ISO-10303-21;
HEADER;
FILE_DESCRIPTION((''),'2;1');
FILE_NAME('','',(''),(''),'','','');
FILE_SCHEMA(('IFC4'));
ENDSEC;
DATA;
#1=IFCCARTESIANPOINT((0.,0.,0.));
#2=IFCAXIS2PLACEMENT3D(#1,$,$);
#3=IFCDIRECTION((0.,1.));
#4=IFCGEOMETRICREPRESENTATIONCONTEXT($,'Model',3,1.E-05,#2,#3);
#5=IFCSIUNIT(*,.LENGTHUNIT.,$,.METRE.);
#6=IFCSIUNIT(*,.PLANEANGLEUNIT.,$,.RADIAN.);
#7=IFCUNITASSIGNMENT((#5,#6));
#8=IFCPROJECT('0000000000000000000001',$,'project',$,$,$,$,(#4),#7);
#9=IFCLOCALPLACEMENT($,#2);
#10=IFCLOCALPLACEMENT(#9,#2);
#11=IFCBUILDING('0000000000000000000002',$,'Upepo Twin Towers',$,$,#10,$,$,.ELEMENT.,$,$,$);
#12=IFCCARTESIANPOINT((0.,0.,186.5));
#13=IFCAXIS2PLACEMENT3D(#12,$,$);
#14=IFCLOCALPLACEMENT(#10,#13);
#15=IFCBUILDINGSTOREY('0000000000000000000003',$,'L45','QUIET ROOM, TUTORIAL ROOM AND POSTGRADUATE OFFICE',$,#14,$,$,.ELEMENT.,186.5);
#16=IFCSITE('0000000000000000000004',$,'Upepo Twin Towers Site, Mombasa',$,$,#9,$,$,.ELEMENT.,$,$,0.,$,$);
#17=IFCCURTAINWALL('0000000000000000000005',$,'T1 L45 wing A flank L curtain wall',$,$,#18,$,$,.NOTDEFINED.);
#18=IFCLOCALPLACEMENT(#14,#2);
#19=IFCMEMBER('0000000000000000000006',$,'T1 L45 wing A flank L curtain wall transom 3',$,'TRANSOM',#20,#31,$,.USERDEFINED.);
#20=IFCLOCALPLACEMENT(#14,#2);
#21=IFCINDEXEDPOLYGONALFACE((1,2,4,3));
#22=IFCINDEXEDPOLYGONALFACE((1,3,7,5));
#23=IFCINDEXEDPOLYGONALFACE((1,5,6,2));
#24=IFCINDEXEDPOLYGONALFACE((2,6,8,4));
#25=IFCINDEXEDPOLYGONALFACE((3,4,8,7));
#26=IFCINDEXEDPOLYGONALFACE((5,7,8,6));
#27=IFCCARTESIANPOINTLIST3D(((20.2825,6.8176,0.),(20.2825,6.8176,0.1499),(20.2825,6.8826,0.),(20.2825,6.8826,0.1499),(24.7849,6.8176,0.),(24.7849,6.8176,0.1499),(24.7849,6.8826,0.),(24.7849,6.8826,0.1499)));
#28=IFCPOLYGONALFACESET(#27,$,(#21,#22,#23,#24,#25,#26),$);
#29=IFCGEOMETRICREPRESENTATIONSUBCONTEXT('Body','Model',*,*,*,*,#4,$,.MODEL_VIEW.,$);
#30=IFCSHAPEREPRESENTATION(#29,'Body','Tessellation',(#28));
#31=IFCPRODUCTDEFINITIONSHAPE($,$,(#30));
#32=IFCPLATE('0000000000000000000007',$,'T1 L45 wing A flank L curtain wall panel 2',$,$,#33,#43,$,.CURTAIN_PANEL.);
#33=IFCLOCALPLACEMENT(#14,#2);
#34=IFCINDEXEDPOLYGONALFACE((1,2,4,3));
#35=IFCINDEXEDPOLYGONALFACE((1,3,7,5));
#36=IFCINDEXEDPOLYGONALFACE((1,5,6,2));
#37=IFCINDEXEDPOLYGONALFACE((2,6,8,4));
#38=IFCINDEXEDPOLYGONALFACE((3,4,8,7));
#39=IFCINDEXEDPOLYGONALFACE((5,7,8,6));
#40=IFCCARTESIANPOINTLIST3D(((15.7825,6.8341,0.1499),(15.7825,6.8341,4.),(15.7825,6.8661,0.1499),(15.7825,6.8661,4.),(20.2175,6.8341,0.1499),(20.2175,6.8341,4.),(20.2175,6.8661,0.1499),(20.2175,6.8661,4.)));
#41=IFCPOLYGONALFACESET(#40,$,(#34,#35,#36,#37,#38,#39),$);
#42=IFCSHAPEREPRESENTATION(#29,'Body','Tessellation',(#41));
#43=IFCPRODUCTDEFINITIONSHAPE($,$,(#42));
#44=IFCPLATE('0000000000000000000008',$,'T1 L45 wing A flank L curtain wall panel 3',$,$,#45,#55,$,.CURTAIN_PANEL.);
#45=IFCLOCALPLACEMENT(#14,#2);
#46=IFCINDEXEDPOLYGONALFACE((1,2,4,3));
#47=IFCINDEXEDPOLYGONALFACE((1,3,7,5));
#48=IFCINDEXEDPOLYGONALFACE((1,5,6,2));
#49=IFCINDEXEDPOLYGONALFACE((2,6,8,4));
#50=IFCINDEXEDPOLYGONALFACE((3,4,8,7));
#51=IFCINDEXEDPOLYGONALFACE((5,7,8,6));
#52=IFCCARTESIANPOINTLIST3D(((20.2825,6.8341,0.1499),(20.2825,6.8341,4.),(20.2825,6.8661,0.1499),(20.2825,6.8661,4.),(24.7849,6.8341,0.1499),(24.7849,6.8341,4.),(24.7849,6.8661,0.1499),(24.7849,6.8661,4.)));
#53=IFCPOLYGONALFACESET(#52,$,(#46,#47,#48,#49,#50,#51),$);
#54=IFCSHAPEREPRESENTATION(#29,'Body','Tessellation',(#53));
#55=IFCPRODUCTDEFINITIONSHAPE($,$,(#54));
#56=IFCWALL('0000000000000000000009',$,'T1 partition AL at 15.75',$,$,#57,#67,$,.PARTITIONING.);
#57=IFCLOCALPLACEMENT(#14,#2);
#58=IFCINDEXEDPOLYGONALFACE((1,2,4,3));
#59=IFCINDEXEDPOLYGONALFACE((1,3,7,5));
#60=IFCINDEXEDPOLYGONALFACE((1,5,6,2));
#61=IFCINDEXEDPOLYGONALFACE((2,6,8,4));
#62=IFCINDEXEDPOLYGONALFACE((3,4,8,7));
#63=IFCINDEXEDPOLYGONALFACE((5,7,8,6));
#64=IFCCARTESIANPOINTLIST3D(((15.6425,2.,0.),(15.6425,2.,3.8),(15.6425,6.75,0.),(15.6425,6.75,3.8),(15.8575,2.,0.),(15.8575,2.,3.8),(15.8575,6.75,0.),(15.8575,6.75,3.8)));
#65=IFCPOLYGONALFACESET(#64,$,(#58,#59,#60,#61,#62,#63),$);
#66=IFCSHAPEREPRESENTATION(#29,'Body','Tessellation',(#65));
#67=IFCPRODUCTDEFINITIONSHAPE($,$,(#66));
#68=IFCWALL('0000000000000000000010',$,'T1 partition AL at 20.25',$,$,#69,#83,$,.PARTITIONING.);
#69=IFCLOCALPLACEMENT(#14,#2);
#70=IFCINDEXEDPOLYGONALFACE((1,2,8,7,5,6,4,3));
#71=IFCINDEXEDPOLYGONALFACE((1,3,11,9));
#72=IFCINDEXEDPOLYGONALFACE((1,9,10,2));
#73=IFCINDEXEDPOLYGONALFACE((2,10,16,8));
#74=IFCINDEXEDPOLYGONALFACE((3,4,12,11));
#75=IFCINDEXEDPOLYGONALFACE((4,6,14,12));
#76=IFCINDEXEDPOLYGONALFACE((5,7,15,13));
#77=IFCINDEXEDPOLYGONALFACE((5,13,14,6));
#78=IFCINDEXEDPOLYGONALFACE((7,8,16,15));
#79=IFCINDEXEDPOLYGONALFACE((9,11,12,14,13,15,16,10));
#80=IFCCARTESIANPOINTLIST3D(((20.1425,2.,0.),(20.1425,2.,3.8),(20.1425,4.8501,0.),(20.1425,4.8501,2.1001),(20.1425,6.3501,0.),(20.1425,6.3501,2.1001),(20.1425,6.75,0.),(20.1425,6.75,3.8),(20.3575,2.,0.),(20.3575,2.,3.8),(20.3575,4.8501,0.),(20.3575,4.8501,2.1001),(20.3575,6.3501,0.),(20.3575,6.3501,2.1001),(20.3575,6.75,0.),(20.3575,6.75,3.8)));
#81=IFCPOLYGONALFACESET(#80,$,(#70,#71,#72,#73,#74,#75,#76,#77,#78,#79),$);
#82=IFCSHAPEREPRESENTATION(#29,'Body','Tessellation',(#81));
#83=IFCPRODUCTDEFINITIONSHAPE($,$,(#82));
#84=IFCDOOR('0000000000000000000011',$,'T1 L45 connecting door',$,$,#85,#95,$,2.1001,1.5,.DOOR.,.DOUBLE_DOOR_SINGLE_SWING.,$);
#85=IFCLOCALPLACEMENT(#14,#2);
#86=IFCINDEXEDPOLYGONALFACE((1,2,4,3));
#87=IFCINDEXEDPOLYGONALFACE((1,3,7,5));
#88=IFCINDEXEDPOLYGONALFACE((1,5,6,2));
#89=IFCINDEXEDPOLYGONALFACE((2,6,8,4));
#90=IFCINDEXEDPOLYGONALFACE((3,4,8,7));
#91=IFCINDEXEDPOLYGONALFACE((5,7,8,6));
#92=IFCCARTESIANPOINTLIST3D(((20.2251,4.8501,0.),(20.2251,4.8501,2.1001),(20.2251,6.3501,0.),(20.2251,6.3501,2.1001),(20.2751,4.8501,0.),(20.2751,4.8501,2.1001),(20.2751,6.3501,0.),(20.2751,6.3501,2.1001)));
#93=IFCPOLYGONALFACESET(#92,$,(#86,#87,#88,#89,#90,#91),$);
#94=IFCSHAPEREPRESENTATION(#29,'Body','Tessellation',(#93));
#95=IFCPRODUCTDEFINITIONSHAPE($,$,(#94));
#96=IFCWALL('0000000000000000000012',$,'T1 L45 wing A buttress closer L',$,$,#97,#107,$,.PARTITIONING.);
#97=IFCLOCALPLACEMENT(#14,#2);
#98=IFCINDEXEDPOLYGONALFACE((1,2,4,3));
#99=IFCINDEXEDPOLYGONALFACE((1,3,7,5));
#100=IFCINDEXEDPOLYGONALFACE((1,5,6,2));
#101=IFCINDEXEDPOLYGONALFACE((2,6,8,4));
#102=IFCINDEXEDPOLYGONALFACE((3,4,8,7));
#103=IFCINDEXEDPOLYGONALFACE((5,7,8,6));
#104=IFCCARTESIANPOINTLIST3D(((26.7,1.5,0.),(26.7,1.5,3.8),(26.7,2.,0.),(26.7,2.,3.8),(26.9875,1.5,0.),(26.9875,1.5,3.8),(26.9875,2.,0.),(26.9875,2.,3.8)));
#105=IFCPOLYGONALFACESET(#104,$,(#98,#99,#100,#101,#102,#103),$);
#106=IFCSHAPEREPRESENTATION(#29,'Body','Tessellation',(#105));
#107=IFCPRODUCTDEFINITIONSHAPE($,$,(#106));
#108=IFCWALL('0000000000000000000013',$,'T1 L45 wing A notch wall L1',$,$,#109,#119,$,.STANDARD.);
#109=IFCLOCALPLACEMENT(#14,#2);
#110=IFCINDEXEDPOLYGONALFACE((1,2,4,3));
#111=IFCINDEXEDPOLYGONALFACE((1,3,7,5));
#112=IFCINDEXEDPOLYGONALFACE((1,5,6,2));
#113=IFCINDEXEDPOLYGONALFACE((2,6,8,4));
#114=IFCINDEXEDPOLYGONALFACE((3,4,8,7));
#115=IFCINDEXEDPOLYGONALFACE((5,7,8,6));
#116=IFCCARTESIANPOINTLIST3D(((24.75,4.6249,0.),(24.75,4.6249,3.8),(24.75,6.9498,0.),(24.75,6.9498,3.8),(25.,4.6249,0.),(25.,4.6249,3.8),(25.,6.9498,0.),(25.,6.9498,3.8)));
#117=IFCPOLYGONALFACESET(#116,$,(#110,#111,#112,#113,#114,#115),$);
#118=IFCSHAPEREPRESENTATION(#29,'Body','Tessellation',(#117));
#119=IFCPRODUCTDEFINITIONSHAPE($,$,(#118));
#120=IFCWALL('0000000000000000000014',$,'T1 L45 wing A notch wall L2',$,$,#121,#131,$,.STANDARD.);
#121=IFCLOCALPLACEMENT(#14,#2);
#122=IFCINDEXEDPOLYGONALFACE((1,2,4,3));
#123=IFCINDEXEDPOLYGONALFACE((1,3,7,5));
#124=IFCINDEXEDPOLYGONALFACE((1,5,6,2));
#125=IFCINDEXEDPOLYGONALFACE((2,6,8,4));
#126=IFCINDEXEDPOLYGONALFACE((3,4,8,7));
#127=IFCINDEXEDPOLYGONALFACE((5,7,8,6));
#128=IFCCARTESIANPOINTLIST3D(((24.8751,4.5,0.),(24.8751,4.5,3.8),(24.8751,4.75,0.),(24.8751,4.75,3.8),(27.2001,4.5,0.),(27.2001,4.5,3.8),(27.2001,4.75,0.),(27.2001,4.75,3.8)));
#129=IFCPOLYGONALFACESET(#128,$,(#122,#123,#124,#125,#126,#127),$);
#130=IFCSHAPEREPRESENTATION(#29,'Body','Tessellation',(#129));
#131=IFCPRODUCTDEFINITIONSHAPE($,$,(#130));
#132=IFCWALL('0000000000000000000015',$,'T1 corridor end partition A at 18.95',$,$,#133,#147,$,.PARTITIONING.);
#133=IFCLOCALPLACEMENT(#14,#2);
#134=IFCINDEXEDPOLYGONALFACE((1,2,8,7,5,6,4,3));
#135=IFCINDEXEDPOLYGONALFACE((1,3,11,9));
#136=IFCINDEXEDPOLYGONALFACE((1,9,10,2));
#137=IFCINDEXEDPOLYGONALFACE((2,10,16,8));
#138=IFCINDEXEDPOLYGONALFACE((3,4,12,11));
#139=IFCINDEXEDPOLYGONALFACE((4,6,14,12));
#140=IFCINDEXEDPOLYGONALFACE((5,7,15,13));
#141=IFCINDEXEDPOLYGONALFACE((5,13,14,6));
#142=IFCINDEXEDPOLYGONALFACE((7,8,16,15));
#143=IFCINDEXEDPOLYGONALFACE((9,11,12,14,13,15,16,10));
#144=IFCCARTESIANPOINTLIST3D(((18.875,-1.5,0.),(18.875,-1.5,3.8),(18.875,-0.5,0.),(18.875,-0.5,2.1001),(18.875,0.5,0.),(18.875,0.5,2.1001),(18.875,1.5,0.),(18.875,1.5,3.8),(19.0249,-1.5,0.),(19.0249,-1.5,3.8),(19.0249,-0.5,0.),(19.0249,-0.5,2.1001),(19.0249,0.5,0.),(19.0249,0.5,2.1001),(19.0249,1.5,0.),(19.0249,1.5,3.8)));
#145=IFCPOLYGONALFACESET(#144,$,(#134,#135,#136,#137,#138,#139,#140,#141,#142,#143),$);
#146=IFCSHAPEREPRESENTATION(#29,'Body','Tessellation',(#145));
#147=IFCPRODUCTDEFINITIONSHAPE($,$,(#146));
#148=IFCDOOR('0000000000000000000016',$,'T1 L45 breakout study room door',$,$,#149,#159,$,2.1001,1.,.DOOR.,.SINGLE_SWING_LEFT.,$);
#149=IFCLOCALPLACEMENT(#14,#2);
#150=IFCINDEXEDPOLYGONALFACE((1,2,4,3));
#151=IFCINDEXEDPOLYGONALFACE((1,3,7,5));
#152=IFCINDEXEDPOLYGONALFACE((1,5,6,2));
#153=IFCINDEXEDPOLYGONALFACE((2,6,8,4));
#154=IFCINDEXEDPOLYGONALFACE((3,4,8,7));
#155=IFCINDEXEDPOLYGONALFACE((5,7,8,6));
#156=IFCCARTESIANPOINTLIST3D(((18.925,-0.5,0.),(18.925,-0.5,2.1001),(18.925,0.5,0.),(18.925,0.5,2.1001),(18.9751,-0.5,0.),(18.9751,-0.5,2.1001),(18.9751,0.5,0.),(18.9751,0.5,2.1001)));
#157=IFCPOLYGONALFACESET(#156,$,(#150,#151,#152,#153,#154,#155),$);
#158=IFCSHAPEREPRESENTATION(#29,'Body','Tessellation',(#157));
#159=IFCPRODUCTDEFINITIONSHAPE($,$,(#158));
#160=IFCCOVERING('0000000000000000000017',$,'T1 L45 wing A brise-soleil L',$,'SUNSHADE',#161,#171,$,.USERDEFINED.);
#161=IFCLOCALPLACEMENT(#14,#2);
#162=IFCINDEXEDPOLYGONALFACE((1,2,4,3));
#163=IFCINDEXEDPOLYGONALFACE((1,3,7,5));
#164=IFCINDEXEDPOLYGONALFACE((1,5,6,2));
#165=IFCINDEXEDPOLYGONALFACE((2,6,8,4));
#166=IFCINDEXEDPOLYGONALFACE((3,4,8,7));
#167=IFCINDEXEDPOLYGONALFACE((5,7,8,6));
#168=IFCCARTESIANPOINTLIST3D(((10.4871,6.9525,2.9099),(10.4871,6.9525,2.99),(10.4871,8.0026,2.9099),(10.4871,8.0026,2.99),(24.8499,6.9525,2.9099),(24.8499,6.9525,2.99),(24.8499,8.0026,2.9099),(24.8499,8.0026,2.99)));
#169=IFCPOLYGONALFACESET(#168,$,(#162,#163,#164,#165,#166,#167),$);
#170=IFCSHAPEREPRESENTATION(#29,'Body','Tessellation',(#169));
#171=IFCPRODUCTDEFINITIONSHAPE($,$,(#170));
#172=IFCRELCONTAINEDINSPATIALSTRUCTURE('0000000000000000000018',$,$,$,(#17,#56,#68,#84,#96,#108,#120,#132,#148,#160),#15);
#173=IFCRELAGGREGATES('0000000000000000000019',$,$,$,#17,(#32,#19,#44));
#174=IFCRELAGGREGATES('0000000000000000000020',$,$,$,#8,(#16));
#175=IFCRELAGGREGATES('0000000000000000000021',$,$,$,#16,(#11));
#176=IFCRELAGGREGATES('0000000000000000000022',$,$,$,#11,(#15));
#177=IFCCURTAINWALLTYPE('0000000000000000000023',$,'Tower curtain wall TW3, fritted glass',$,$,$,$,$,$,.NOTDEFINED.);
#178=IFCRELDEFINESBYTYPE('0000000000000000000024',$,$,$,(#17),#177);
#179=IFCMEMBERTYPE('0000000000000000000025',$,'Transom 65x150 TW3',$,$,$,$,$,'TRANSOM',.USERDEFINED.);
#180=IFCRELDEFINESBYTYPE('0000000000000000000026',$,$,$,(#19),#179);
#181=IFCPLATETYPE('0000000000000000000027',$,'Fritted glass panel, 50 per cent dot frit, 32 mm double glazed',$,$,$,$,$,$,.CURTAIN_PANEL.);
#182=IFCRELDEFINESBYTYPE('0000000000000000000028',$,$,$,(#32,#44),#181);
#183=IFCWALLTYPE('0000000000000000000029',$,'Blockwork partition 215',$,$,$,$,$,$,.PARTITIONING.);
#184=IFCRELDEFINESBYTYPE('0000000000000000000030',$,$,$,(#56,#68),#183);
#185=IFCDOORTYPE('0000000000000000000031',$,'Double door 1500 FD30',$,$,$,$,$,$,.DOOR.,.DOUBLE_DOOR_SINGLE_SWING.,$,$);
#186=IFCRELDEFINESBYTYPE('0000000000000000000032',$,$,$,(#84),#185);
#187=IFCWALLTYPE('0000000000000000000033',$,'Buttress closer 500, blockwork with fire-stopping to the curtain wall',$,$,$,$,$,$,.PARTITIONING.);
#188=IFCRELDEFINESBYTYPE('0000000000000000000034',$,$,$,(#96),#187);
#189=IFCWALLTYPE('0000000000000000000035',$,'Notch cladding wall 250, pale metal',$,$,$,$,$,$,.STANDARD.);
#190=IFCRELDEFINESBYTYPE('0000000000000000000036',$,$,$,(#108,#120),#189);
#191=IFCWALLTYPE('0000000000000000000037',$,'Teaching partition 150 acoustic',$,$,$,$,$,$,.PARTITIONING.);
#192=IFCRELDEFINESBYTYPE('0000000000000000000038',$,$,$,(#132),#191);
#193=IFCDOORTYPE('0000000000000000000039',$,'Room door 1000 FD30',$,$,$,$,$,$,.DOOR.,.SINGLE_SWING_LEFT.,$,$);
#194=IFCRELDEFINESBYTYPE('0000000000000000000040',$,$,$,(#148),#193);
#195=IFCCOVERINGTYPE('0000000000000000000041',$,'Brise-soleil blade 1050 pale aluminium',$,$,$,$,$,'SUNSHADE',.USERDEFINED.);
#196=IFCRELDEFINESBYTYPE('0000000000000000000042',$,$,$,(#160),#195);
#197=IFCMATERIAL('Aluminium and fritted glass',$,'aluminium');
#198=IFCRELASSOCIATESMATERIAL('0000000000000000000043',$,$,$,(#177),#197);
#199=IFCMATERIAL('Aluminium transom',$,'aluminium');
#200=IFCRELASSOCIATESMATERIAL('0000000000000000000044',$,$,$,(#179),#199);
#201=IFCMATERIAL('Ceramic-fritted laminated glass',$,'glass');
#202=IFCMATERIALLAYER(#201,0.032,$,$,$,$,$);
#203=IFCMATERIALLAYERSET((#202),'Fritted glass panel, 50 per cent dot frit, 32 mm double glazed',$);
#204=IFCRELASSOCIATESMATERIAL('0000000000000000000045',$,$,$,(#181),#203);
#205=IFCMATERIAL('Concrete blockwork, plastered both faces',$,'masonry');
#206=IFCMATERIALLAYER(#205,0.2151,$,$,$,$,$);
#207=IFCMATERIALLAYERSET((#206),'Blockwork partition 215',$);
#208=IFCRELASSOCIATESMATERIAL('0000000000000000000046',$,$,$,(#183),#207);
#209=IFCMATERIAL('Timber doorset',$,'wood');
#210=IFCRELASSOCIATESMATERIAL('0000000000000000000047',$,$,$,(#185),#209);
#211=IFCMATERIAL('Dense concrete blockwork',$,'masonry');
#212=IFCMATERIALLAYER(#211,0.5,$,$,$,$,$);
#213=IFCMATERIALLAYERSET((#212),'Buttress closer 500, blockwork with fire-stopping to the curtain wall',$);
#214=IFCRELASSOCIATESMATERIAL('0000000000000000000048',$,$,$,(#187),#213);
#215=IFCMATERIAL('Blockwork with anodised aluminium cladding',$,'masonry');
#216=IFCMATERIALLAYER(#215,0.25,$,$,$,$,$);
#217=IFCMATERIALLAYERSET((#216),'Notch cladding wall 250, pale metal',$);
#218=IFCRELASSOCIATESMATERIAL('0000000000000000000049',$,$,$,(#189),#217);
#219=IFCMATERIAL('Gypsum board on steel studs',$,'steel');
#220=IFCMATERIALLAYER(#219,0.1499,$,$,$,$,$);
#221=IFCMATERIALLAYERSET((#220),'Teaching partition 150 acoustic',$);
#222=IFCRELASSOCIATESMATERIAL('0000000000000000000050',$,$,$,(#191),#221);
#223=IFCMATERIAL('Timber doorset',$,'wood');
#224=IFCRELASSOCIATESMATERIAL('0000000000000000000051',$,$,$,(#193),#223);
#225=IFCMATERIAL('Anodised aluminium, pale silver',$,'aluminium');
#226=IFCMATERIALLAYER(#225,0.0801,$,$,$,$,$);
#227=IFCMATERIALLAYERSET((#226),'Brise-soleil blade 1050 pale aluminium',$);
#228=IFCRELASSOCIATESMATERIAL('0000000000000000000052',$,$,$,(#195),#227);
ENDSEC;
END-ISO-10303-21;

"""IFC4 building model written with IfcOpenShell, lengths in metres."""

from ifc_helpers import new_model, si_unit, direction, frame, frame_2d, origin, origin_2d, place, context, subcontext, project, spatial, rectangle, extrude, material, layer, layer_set, material_profile, profile_set, type_object, element, fill, aggregate, save


model = new_model("IFC4")

# Units and contexts
model_context = context("Model", 3, precision=1e-05, world=origin(), true_north=direction((0.0, 1.0)))
body_context = subcontext(model_context, "Body", "Model", "MODEL_VIEW")
ifc_project = project(units=[si_unit("LENGTHUNIT", "METRE"), si_unit("PLANEANGLEUNIT", "RADIAN")], contexts=[model_context])

# Site, building, storey
site_placement = place(None, origin())
site = spatial("IfcSite", under=ifc_project, at=site_placement, Name="Upepo Twin Towers Site, Mombasa", CompositionType="ELEMENT", RefElevation=0.0)
building_placement = place(site_placement, origin())
building = spatial("IfcBuilding", under=site, at=building_placement, Name="Upepo Twin Towers", CompositionType="ELEMENT")
storey_placement = place(building_placement, frame((0.0, 0.0, 186.5)))
storey = spatial("IfcBuildingStorey", under=building, at=storey_placement, Name="L45", Description="QUIET ROOM, TUTORIAL ROOM AND POSTGRADUATE OFFICE", CompositionType="ELEMENT", Elevation=186.5)

# Curtain wall
ifc_material_1 = material(Name="Aluminium and fritted glass", Category="aluminium")
curtain_wall_type = type_object("IfcCurtainWallType", Name="Tower curtain wall TW3, fritted glass", PredefinedType="NOTDEFINED", material=ifc_material_1)
curtain_wall_1_placement = place(storey_placement, origin())
curtain_wall_1 = element("IfcCurtainWall", 1, at=curtain_wall_1_placement, inside=storey, type_object=curtain_wall_type, Name="T1 L45 wing A flank L curtain wall", PredefinedType="NOTDEFINED")

# Member
ifc_material_2 = material(Name="Aluminium transom", Category="aluminium")
ifc_material_profile_1 = material_profile(ifc_material_2, rectangle(XDim=0.0649, YDim=0.1499, at=origin_2d()), Name="TRANSOM 65x150")
ifc_profile_set_1 = profile_set([ifc_material_profile_1], Name="Aluminium transom")
member_type_1 = type_object("IfcMemberType", Name="Transom 65x150 TW3", ElementType="TRANSOM", PredefinedType="USERDEFINED", material=ifc_profile_set_1)
member_1_placement = place(storey_placement, frame((20.2825, 6.8501, 0.075), z_axis=(1.0, 0.0, 0.0), x_axis=(0.0, 1.0, 0.0)))
member_1 = element("IfcMember", 2, at=member_1_placement, type_object=member_type_1, Name="T1 L45 wing A flank L curtain wall transom 3", ObjectType="TRANSOM", PredefinedType="USERDEFINED", context=body_context, shape_type="SweptSolid", body=[
    extrude(rectangle(XDim=0.0649, YDim=0.1499, at=origin_2d()), origin(), (0.0, 0.0, 1.0), 4.5024),
])

# Plates
ifc_material_3 = material(Name="Ceramic-fritted laminated glass", Category="glass")
ifc_layer_1 = layer(ifc_material_3, 0.032)
ifc_layer_set_1 = layer_set([ifc_layer_1], Name="Fritted glass panel, 50 per cent dot frit, 32 mm double glazed")
plate_type = type_object("IfcPlateType", Name="Fritted glass panel, 50 per cent dot frit, 32 mm double glazed", PredefinedType="CURTAIN_PANEL", material=ifc_layer_set_1)
plate_1_placement = place(storey_placement, frame((18.0, 6.8501, 0.1499), z_axis=(0.0, 0.0, 1.0), x_axis=(1.0, 0.0, 0.0)))
plate_1 = element("IfcPlate", 3, at=plate_1_placement, type_object=plate_type, Name="T1 L45 wing A flank L curtain wall panel 2", PredefinedType="CURTAIN_PANEL", context=body_context, shape_type="SweptSolid", body=[
    extrude(rectangle(XDim=4.4351, YDim=0.032, at=origin_2d()), origin(), (0.0, 0.0, 1.0), 3.8501),
])
plate_2_placement = place(storey_placement, frame((22.5337, 6.8501, 0.1499), z_axis=(0.0, 0.0, 1.0), x_axis=(1.0, 0.0, 0.0)))
plate_2 = element("IfcPlate", 4, at=plate_2_placement, type_object=plate_type, Name="T1 L45 wing A flank L curtain wall panel 3", PredefinedType="CURTAIN_PANEL", context=body_context, shape_type="SweptSolid", body=[
    extrude(rectangle(XDim=4.5024, YDim=0.032, at=origin_2d()), origin(), (0.0, 0.0, 1.0), 3.8501),
])
aggregate(curtain_wall_1, [plate_1, member_1, plate_2])

# Wall
ifc_material_4 = material(Name="Concrete blockwork, plastered both faces", Category="masonry")
ifc_layer_2 = layer(ifc_material_4, 0.2151)
ifc_layer_set_2 = layer_set([ifc_layer_2], Name="Blockwork partition 215")
wall_type_1 = type_object("IfcWallType", Name="Blockwork partition 215", PredefinedType="PARTITIONING", material=ifc_layer_set_2)
wall_1_placement = place(storey_placement, frame((15.75, 2.0, 0.0), z_axis=(0.0, 0.0, 1.0), x_axis=(0.0, 1.0, 0.0)))
element("IfcWall", 5, at=wall_1_placement, inside=storey, type_object=wall_type_1, Name="T1 partition AL at 15.75", PredefinedType="PARTITIONING", context=body_context, shape_type="SweptSolid", body=[
    extrude(rectangle(XDim=4.75, YDim=0.2151, at=frame_2d((2.375, 0.0))), origin(), (0.0, 0.0, 1.0), 3.8),
])

# Wall, opening, door
wall_2_placement = place(storey_placement, frame((20.25, 2.0, 0.0), z_axis=(0.0, 0.0, 1.0), x_axis=(0.0, 1.0, 0.0)))
wall_2 = element("IfcWall", 6, at=wall_2_placement, inside=storey, type_object=wall_type_1, Name="T1 partition AL at 20.25", PredefinedType="PARTITIONING", context=body_context, shape_type="SweptSolid", body=[
    extrude(rectangle(XDim=4.75, YDim=0.2151, at=frame_2d((2.375, 0.0))), origin(), (0.0, 0.0, 1.0), 3.8),
])
opening_1_placement = place(wall_2_placement, frame((2.8501, 0.0, 0.0)))
opening_1 = element("IfcOpeningElement", 7, at=opening_1_placement, cuts=wall_2, PredefinedType="OPENING", context=body_context, shape_type="SweptSolid", body=[
    extrude(rectangle(XDim=1.5, YDim=2.1001, at=frame_2d((0.75, 1.05))), frame((0.0, 0.1174, 0.0), z_axis=(0.0, -1.0, 0.0), x_axis=(1.0, 0.0, 0.0)), (0.0, 0.0, 1.0), 0.2351),
])
ifc_material_5 = material(Name="Timber doorset", Category="wood")
door_type_1 = type_object("IfcDoorType", Name="Double door 1500 FD30", OperationType="DOUBLE_DOOR_SINGLE_SWING", PredefinedType="DOOR", material=ifc_material_5)
door_1_placement = place(opening_1_placement, origin())
door_1 = element("IfcDoor", 8, at=door_1_placement, inside=storey, type_object=door_type_1, Name="T1 L45 connecting door", OperationType="DOUBLE_DOOR_SINGLE_SWING", OverallHeight=2.1001, OverallWidth=1.5, PredefinedType="DOOR", context=body_context, shape_type="SweptSolid", body=[
    extrude(rectangle(XDim=1.5, YDim=2.1001, at=frame_2d((0.75, 1.05))), frame((0.0, 0.0249, 0.0), z_axis=(0.0, -1.0, 0.0), x_axis=(1.0, 0.0, 0.0)), (0.0, 0.0, 1.0), 0.05),
])
fill(opening_1, door_1)

# Walls
ifc_material_6 = material(Name="Dense concrete blockwork", Category="masonry")
ifc_layer_3 = layer(ifc_material_6, 0.5)
ifc_layer_set_3 = layer_set([ifc_layer_3], Name="Buttress closer 500, blockwork with fire-stopping to the curtain wall")
wall_type_2 = type_object("IfcWallType", Name="Buttress closer 500, blockwork with fire-stopping to the curtain wall", PredefinedType="PARTITIONING", material=ifc_layer_set_3)
wall_3_placement = place(storey_placement, frame((26.7, 1.75, 0.0), z_axis=(0.0, 0.0, 1.0), x_axis=(1.0, 0.0, 0.0)))
element("IfcWall", 9, at=wall_3_placement, inside=storey, type_object=wall_type_2, Name="T1 L45 wing A buttress closer L", PredefinedType="PARTITIONING", context=body_context, shape_type="SweptSolid", body=[
    extrude(rectangle(XDim=0.2876, YDim=0.5, at=frame_2d((0.1438, 0.0))), origin(), (0.0, 0.0, 1.0), 3.8),
])
ifc_material_7 = material(Name="Blockwork with anodised aluminium cladding", Category="masonry")
ifc_layer_4 = layer(ifc_material_7, 0.25)
ifc_layer_set_4 = layer_set([ifc_layer_4], Name="Notch cladding wall 250, pale metal")
wall_type_3 = type_object("IfcWallType", Name="Notch cladding wall 250, pale metal", PredefinedType="STANDARD", material=ifc_layer_set_4)
for number, where, z_axis, x_axis, name in (
    (10, (24.875, 6.95, 0.0), (0.0, 0.0, 1.0), (0.0, -1.0, 0.0), "T1 L45 wing A notch wall L1"),
    (11, (24.875, 4.625, 0.0), (0.0, 0.0, 1.0), (1.0, 0.0, 0.0), "T1 L45 wing A notch wall L2"),
):
    element("IfcWall", number, at=place(storey_placement, frame(where, z_axis=z_axis, x_axis=x_axis)), inside=storey, type_object=wall_type_3, Name=name, PredefinedType="STANDARD", context=body_context, shape_type="SweptSolid", body=[
        extrude(rectangle(XDim=2.325, YDim=0.25, at=frame_2d((1.1626, 0.0))), origin(), (0.0, 0.0, 1.0), 3.8),
    ])

# Wall, opening, door
ifc_material_8 = material(Name="Gypsum board on steel studs", Category="steel")
ifc_layer_5 = layer(ifc_material_8, 0.1499)
ifc_layer_set_5 = layer_set([ifc_layer_5], Name="Teaching partition 150 acoustic")
wall_type_4 = type_object("IfcWallType", Name="Teaching partition 150 acoustic", PredefinedType="PARTITIONING", material=ifc_layer_set_5)
wall_4_placement = place(storey_placement, frame((18.95, -1.5, 0.0), z_axis=(0.0, 0.0, 1.0), x_axis=(0.0, 1.0, 0.0)))
wall_4 = element("IfcWall", 12, at=wall_4_placement, inside=storey, type_object=wall_type_4, Name="T1 corridor end partition A at 18.95", PredefinedType="PARTITIONING", context=body_context, shape_type="SweptSolid", body=[
    extrude(rectangle(XDim=3.0, YDim=0.1499, at=frame_2d((1.5, 0.0))), origin(), (0.0, 0.0, 1.0), 3.8),
])
opening_2_placement = place(wall_4_placement, frame((1.0, 0.0, 0.0)))
opening_2 = element("IfcOpeningElement", 13, at=opening_2_placement, cuts=wall_4, PredefinedType="OPENING", context=body_context, shape_type="SweptSolid", body=[
    extrude(rectangle(XDim=1.0, YDim=2.1001, at=frame_2d((0.5, 1.05))), frame((0.0, 0.085, 0.0), z_axis=(0.0, -1.0, 0.0), x_axis=(1.0, 0.0, 0.0)), (0.0, 0.0, 1.0), 0.1699),
])
ifc_material_9 = material(Name="Timber doorset", Category="wood")
door_type_2 = type_object("IfcDoorType", Name="Room door 1000 FD30", OperationType="SINGLE_SWING_LEFT", PredefinedType="DOOR", material=ifc_material_9)
door_2_placement = place(opening_2_placement, origin())
door_2 = element("IfcDoor", 14, at=door_2_placement, inside=storey, type_object=door_type_2, Name="T1 L45 breakout study room door", OperationType="SINGLE_SWING_LEFT", OverallHeight=2.1001, OverallWidth=1.0, PredefinedType="DOOR", context=body_context, shape_type="SweptSolid", body=[
    extrude(rectangle(XDim=1.0, YDim=2.1001, at=frame_2d((0.5, 1.05))), frame((0.0, 0.0249, 0.0), z_axis=(0.0, -1.0, 0.0), x_axis=(1.0, 0.0, 0.0)), (0.0, 0.0, 1.0), 0.05),
])
fill(opening_2, door_2)

# Covering
ifc_material_10 = material(Name="Anodised aluminium, pale silver", Category="aluminium")
ifc_layer_6 = layer(ifc_material_10, 0.0801)
ifc_layer_set_6 = layer_set([ifc_layer_6], Name="Brise-soleil blade 1050 pale aluminium")
covering_type = type_object("IfcCoveringType", Name="Brise-soleil blade 1050 pale aluminium", ElementType="SUNSHADE", PredefinedType="USERDEFINED", material=ifc_layer_set_6)
covering_placement = place(storey_placement, frame((17.6685, 7.4775, 2.9099), z_axis=(0.0, 0.0, 1.0), x_axis=(1.0, 0.0, 0.0)))
element("IfcCovering", 15, at=covering_placement, inside=storey, type_object=covering_type, Name="T1 L45 wing A brise-soleil L", ObjectType="SUNSHADE", PredefinedType="USERDEFINED", context=body_context, shape_type="SweptSolid", body=[
    extrude(rectangle(XDim=14.3628, YDim=1.05, at=origin_2d()), origin(), (0.0, 0.0, 1.0), 0.0801),
])

save(model, "model.ifc")
